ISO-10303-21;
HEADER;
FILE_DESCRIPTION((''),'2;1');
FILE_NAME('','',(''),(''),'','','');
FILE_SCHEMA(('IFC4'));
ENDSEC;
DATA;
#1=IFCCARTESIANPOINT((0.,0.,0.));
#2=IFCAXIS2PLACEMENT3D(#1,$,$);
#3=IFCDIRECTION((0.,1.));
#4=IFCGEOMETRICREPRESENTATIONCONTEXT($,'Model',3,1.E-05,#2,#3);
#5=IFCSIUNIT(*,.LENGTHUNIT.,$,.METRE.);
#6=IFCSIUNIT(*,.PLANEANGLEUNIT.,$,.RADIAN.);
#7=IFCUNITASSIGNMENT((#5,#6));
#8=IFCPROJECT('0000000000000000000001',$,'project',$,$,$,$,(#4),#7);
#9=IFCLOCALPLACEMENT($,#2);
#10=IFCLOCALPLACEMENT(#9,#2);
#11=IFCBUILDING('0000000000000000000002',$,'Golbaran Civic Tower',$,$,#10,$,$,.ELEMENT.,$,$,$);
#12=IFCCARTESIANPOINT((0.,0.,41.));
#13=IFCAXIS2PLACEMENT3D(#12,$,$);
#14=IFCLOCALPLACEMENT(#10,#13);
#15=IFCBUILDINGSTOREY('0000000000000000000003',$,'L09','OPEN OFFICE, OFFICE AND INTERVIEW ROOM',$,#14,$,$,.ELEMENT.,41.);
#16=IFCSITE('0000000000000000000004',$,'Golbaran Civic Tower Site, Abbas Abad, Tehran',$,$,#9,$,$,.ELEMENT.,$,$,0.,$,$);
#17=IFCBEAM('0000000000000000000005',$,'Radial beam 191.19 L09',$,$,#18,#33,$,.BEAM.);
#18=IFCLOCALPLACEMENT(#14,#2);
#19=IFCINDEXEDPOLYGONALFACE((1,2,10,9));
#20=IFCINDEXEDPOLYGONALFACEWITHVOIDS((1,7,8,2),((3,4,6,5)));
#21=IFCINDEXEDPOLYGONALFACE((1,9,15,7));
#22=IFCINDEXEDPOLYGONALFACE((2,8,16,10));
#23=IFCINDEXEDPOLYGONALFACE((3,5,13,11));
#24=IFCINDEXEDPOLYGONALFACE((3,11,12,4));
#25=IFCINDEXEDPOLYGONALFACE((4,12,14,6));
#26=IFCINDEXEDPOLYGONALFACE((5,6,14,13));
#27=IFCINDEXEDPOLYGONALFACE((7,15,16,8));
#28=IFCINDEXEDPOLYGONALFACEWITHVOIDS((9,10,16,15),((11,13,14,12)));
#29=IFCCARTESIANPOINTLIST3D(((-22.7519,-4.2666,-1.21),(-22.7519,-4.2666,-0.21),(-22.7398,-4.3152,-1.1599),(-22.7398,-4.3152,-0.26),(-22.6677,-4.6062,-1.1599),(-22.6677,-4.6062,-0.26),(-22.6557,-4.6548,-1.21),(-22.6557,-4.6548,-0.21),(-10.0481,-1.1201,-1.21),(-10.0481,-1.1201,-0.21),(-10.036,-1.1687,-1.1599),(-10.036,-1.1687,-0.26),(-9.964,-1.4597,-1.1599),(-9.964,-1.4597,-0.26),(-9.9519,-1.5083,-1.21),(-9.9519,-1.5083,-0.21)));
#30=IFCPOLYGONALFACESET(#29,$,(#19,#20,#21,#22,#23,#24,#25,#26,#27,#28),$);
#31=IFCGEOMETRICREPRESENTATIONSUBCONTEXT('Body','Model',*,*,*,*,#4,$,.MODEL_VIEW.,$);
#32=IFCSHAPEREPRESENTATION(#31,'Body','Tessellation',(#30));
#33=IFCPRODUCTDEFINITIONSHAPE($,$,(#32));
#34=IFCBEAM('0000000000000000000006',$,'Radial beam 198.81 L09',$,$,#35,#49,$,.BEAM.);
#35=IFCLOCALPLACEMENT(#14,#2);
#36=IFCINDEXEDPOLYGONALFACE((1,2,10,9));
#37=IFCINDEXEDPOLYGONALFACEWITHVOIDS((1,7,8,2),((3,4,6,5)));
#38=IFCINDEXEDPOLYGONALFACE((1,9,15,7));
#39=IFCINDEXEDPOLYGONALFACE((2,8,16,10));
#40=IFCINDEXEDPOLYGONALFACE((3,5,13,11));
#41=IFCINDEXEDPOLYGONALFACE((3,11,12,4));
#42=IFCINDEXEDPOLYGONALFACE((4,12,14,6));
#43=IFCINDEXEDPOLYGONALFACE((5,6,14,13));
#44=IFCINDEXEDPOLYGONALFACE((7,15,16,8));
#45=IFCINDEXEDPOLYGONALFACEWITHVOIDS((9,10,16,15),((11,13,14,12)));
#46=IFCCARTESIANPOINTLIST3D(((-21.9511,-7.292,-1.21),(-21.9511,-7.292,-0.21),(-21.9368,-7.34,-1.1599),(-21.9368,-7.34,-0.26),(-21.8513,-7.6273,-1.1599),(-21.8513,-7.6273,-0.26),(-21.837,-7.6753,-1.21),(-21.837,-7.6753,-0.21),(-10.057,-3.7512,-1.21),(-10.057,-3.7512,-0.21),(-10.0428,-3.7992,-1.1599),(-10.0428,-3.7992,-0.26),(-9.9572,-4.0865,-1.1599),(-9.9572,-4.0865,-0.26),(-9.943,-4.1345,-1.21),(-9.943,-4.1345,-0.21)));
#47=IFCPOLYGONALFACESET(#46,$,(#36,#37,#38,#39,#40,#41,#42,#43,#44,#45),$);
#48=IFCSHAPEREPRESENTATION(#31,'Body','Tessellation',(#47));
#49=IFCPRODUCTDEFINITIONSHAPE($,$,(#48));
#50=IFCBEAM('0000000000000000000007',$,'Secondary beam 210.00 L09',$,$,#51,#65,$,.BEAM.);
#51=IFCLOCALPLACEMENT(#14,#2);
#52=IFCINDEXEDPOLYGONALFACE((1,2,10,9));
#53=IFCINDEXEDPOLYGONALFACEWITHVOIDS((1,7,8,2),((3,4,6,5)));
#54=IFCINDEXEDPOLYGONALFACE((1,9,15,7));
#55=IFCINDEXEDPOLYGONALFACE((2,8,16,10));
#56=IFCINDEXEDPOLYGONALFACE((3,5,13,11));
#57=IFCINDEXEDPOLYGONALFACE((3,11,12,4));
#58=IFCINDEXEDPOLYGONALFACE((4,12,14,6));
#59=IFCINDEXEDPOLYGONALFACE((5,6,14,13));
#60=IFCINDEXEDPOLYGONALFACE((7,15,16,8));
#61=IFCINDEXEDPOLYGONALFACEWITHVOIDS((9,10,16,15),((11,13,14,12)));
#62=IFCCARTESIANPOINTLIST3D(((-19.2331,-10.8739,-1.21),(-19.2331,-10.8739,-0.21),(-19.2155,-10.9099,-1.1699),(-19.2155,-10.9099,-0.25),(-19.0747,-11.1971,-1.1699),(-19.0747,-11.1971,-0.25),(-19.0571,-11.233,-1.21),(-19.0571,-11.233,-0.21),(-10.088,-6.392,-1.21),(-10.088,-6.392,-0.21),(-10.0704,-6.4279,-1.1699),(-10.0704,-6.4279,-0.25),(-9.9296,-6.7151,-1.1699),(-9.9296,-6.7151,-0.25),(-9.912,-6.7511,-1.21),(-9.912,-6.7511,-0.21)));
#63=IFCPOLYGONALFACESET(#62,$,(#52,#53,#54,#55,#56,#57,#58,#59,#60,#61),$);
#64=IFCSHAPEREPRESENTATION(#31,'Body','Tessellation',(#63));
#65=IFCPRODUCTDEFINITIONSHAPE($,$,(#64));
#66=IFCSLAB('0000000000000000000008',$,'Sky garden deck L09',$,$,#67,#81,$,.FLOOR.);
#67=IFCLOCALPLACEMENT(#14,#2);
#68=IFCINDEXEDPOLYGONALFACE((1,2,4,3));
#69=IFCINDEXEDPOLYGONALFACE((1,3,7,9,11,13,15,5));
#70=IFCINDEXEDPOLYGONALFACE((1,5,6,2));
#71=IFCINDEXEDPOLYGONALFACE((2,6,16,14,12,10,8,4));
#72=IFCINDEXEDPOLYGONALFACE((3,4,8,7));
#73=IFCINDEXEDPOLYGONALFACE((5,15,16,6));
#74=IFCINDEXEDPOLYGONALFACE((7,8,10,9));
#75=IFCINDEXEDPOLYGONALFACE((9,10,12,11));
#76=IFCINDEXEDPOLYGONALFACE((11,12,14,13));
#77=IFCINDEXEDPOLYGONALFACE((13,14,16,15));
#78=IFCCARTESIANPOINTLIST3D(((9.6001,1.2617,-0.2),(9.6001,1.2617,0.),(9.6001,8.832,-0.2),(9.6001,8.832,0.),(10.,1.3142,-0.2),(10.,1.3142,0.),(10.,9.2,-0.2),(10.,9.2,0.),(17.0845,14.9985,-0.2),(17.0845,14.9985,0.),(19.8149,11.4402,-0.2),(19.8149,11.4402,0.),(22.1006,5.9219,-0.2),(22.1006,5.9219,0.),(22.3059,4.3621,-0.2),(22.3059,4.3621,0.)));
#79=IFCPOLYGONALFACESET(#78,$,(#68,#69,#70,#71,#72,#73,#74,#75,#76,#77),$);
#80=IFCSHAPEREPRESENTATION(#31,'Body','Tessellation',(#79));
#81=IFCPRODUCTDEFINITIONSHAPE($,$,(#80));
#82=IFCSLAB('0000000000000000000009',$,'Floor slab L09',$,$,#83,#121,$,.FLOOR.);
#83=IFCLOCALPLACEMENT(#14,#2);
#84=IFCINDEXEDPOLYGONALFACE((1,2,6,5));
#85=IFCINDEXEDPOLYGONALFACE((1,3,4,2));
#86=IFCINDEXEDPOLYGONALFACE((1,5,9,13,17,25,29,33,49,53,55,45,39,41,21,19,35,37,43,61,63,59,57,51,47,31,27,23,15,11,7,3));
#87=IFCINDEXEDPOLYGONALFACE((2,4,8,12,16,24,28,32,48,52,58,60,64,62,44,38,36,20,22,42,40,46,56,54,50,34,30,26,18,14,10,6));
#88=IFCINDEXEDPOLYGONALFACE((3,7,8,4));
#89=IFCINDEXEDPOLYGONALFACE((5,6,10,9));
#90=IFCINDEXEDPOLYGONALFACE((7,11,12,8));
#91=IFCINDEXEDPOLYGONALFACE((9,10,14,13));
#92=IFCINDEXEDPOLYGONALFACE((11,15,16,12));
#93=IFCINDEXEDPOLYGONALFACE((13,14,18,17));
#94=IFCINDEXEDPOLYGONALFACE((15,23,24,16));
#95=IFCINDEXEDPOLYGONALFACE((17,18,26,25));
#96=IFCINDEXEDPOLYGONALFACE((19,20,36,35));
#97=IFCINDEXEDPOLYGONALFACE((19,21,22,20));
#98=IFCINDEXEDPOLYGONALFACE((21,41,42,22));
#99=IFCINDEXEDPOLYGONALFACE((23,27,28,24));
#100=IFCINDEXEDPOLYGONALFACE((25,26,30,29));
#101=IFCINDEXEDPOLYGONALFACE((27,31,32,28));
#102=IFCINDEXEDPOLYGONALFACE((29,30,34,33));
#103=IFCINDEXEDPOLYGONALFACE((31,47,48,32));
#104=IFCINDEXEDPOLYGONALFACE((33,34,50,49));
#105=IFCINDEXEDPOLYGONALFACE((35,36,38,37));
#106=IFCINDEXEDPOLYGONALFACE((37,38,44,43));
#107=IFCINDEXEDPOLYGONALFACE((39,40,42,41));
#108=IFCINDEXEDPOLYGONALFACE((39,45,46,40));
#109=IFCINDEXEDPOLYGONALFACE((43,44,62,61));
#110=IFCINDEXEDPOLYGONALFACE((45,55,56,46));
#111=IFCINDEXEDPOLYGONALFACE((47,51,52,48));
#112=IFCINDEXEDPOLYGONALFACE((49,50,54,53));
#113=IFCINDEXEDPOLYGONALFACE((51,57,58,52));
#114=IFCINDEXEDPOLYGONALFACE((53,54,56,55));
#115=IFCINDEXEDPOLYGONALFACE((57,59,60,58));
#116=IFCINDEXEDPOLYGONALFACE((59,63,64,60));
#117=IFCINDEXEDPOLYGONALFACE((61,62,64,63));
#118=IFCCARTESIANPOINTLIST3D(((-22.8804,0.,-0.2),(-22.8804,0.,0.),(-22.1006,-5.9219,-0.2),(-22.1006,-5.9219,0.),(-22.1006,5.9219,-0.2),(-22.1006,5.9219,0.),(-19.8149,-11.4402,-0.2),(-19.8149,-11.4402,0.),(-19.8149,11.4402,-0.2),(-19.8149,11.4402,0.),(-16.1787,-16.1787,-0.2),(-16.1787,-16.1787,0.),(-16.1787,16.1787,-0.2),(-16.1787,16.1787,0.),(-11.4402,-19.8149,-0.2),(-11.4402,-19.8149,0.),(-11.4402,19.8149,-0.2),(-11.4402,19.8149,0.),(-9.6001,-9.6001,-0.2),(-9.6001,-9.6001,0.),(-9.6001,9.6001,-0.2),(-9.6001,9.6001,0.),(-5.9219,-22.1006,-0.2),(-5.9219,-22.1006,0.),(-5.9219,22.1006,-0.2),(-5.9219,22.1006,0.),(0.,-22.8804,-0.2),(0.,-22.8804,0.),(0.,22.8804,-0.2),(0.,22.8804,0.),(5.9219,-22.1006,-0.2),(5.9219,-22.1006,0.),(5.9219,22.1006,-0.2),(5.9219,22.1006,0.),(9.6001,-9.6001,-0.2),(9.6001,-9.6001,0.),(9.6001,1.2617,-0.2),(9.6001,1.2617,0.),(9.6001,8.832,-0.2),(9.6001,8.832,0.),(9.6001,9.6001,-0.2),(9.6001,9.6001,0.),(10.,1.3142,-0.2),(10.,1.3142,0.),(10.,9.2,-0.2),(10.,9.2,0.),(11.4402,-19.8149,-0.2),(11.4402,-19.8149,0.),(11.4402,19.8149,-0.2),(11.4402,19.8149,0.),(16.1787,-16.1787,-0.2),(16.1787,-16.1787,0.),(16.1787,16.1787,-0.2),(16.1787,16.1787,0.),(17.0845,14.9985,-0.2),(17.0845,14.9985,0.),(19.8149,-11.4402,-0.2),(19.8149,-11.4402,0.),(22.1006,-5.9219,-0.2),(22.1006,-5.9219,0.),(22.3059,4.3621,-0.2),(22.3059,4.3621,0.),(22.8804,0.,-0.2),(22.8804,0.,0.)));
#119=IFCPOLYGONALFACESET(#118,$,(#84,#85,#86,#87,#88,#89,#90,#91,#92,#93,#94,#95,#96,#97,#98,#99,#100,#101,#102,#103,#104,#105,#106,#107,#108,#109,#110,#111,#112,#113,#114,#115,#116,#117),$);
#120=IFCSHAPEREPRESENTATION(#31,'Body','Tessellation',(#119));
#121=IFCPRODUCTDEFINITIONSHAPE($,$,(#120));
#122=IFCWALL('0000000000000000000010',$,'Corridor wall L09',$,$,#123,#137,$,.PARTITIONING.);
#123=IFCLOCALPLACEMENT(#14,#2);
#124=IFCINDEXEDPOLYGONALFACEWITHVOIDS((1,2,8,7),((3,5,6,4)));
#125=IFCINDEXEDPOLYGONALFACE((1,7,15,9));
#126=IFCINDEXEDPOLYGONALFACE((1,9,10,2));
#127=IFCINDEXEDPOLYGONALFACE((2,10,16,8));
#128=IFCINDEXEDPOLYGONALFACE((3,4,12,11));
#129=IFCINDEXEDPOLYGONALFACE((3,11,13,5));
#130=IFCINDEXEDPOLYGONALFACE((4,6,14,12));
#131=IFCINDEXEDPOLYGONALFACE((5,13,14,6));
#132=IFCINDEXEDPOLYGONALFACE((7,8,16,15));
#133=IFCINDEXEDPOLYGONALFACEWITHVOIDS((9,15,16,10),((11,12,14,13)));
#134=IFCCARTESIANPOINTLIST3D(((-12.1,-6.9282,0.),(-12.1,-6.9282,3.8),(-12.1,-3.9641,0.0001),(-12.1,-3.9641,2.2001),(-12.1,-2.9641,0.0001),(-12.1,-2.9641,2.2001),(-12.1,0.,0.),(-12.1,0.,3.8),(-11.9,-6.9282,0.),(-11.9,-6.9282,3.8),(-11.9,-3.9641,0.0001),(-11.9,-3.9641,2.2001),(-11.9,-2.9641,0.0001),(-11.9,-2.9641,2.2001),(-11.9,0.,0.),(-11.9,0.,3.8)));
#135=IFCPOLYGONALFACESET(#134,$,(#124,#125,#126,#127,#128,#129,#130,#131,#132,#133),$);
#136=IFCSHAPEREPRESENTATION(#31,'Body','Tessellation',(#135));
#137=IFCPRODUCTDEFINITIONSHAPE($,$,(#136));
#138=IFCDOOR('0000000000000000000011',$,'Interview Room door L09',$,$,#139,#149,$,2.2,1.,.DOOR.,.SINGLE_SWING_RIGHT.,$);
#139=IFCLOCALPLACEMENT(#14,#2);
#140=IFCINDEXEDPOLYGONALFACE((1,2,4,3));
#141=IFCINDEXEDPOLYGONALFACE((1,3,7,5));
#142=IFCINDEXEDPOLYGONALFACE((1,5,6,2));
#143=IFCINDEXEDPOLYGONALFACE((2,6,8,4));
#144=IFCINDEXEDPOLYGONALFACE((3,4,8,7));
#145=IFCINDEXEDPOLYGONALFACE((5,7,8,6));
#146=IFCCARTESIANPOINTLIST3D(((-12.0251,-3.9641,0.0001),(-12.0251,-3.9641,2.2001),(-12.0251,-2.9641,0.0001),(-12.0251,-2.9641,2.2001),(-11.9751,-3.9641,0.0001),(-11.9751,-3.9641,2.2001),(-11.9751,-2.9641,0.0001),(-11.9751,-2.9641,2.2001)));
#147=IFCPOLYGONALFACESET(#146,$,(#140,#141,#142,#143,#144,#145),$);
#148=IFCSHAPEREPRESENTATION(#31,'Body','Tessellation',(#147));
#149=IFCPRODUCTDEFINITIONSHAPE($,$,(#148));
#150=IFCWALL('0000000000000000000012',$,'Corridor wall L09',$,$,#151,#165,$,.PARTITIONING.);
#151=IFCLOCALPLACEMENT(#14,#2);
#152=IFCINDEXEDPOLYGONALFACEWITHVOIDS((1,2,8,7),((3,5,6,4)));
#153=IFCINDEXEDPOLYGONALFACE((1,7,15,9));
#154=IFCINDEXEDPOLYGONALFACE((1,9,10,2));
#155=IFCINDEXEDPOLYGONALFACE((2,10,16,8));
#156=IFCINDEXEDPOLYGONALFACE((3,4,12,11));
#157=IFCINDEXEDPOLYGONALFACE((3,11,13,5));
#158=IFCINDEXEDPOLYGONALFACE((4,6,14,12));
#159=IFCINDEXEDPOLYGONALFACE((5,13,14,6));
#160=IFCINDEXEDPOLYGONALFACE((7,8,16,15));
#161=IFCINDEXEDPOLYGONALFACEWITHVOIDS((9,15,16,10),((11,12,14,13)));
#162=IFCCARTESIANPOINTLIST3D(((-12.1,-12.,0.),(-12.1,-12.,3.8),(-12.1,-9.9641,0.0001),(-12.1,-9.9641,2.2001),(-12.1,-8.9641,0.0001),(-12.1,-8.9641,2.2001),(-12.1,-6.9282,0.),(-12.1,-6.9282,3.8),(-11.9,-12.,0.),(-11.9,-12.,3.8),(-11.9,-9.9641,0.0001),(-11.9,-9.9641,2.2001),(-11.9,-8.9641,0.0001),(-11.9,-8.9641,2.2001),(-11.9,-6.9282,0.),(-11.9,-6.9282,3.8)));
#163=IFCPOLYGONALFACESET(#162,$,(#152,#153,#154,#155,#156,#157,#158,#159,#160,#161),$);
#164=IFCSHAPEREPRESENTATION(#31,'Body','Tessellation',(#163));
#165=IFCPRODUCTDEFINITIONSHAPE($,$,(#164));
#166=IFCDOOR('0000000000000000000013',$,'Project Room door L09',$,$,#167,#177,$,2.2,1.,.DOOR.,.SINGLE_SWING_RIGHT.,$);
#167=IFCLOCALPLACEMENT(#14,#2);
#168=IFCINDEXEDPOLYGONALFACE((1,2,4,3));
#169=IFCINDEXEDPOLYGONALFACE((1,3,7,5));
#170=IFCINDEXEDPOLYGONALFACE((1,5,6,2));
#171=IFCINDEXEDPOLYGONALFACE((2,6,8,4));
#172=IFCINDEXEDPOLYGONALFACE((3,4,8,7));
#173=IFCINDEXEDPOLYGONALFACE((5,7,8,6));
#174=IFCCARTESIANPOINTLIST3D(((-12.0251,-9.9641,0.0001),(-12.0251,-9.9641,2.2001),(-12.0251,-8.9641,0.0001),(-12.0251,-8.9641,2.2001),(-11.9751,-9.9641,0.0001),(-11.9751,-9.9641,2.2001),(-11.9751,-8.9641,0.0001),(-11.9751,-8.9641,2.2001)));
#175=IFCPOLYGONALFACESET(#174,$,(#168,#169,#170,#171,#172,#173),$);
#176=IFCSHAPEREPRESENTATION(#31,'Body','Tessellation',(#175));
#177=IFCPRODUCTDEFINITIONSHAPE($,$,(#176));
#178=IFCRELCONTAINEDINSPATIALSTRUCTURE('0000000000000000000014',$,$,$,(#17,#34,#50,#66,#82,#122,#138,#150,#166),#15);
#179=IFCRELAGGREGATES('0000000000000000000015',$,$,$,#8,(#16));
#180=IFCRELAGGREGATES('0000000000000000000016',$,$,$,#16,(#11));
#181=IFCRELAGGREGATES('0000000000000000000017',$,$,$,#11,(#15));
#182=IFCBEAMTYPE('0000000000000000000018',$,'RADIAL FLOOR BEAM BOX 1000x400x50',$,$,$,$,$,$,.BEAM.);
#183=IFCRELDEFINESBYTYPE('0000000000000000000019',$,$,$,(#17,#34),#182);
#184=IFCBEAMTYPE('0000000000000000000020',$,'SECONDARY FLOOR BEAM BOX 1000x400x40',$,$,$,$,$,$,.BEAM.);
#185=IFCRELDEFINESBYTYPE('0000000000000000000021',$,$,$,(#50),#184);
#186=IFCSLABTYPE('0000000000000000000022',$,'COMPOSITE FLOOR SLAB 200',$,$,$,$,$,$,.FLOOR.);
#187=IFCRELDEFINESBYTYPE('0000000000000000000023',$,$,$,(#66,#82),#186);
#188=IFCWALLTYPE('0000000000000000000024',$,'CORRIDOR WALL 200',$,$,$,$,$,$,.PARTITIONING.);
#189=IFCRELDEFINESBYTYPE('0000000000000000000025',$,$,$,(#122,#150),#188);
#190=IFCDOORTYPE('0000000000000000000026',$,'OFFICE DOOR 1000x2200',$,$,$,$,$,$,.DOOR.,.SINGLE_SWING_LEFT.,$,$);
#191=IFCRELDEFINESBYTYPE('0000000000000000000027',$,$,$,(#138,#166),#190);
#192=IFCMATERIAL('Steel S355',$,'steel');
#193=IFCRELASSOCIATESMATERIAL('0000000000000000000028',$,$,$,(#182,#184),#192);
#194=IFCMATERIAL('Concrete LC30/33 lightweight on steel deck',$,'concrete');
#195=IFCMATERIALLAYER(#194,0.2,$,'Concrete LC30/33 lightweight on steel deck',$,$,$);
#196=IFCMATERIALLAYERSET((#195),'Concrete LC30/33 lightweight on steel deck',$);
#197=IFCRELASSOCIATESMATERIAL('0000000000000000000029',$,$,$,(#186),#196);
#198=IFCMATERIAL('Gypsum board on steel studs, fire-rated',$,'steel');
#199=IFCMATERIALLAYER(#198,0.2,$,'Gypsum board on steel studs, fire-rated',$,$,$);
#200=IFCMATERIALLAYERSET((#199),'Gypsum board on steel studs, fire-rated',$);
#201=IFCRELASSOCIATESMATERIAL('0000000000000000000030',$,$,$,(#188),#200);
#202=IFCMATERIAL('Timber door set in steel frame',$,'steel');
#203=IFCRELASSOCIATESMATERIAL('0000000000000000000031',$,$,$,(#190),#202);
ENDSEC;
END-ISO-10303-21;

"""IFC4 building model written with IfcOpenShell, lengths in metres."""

from ifc_helpers import new_model, si_unit, direction, frame, frame_2d, origin, origin_2d, place, context, subcontext, project, spatial, polyline, rectangle, hollow_rectangle, outline, extrude, material, layer, layer_set, material_profile, profile_set, type_object, element, fill, save


model = new_model("IFC4")

# Units and contexts
model_context = context("Model", 3, precision=1e-05, world=origin(), true_north=direction((0.0, 1.0)))
body_context = subcontext(model_context, "Body", "Model", "MODEL_VIEW")
ifc_project = project(units=[si_unit("LENGTHUNIT", "METRE"), si_unit("PLANEANGLEUNIT", "RADIAN")], contexts=[model_context])

# Site, building, storey
site_placement = place(None, origin())
site = spatial("IfcSite", under=ifc_project, at=site_placement, Name="Golbaran Civic Tower Site, Abbas Abad, Tehran", CompositionType="ELEMENT", RefElevation=0.0)
building_placement = place(site_placement, origin())
building = spatial("IfcBuilding", under=site, at=building_placement, Name="Golbaran Civic Tower", CompositionType="ELEMENT")
storey_placement = place(building_placement, frame((0.0, 0.0, 41.0)))
storey = spatial("IfcBuildingStorey", under=building, at=storey_placement, Name="L09", Description="OPEN OFFICE, OFFICE AND INTERVIEW ROOM", CompositionType="ELEMENT", Elevation=41.0)

# Beams
ifc_material_1 = material(Name="Steel S355", Category="steel")
ifc_material_profile_1 = material_profile(ifc_material_1, hollow_rectangle(XDim=0.3999, YDim=1.0, WallThickness=0.05, at=origin_2d()), Name="BOX 1000x400x50")
ifc_profile_set_1 = profile_set([ifc_material_profile_1], Name="Steel S355")
beam_type_1 = type_object("IfcBeamType", Name="RADIAL FLOOR BEAM BOX 1000x400x50", PredefinedType="BEAM", material=ifc_profile_set_1)
beam_1_placement = place(storey_placement, frame((-10.0, -1.3142, -0.71), z_axis=(-0.97067, -0.240415, 0.0), x_axis=(0.240415, -0.97067, 0.0)))
element("IfcBeam", 1, at=beam_1_placement, inside=storey, type_object=beam_type_1, Name="Radial beam 191.19 L09", PredefinedType="BEAM", context=body_context, shape_type="SweptSolid", body=[
    extrude(hollow_rectangle(XDim=0.3999, YDim=1.0, WallThickness=0.05, at=origin_2d()), origin(), (0.0, 0.0, 1.0), 13.0876),
])
beam_2_placement = place(storey_placement, frame((-10.0, -3.9429, -0.71), z_axis=(-0.958433, -0.285319, 0.0), x_axis=(0.285319, -0.958433, 0.0)))
element("IfcBeam", 2, at=beam_2_placement, inside=storey, type_object=beam_type_1, Name="Radial beam 198.81 L09", PredefinedType="BEAM", context=body_context, shape_type="SweptSolid", body=[
    extrude(hollow_rectangle(XDim=0.3999, YDim=1.0, WallThickness=0.05, at=origin_2d()), origin(), (0.0, 0.0, 1.0), 12.4099),
])
ifc_material_profile_2 = material_profile(ifc_material_1, hollow_rectangle(XDim=0.3999, YDim=1.0, WallThickness=0.04, at=origin_2d()), Name="BOX 1000x400x40")
ifc_profile_set_2 = profile_set([ifc_material_profile_2], Name="Steel S355")
beam_type_2 = type_object("IfcBeamType", Name="SECONDARY FLOOR BEAM BOX 1000x400x40", PredefinedType="BEAM", material=ifc_profile_set_2)
beam_3_placement = place(storey_placement, frame((-10.0, -6.5715, -0.71), z_axis=(-0.897956, -0.440084, 0.0), x_axis=(0.440084, -0.897956, 0.0)))
element("IfcBeam", 3, at=beam_3_placement, inside=storey, type_object=beam_type_2, Name="Secondary beam 210.00 L09", PredefinedType="BEAM", context=body_context, shape_type="SweptSolid", body=[
    extrude(hollow_rectangle(XDim=0.3999, YDim=1.0, WallThickness=0.04, at=origin_2d()), origin(), (0.0, 0.0, 1.0), 10.1843),
])

# Slabs
ifc_material_2 = material(Name="Concrete LC30/33 lightweight on steel deck", Category="concrete")
ifc_layer_1 = layer(ifc_material_2, 0.2, Name="Concrete LC30/33 lightweight on steel deck")
ifc_layer_set_1 = layer_set([ifc_layer_1], Name="Concrete LC30/33 lightweight on steel deck")
slab_type = type_object("IfcSlabType", Name="COMPOSITE FLOOR SLAB 200", PredefinedType="FLOOR", material=ifc_layer_set_1)
slab_1_placement = place(storey_placement, frame((0.0, 0.0, -0.2)))
element("IfcSlab", 4, at=slab_1_placement, inside=storey, type_object=slab_type, Name="Sky garden deck L09", PredefinedType="FLOOR", context=body_context, shape_type="SweptSolid", body=[
    extrude(outline(polyline([(22.1006, 5.9219), (22.3059, 4.3621), (10.0, 1.3142), (9.6001, 1.2617), (9.6001, 8.832), (10.0, 9.2), (17.0845, 14.9985), (19.8149, 11.4402), (22.1006, 5.9219)])), origin(), (0.0, 0.0, 1.0), 0.2),
])
slab_2_placement = place(storey_placement, frame((0.0, 0.0, -0.2)))
element("IfcSlab", 5, at=slab_2_placement, inside=storey, type_object=slab_type, Name="Floor slab L09", PredefinedType="FLOOR", context=body_context, shape_type="SweptSolid", body=[
    extrude(outline(polyline([(16.1787, -16.1787), (11.4402, -19.8149), (5.9219, -22.1006), (0.0, -22.8804), (-5.9219, -22.1006), (-11.4402, -19.8149), (-16.1787, -16.1787), (-19.8149, -11.4402), (-22.1006, -5.9219), (-22.8804, 0.0), (-22.1006, 5.9219), (-19.8149, 11.4402), (-16.1787, 16.1787), (-11.4402, 19.8149), (-5.9219, 22.1006), (0.0, 22.8804), (5.9219, 22.1006), (11.4402, 19.8149), (16.1787, 16.1787), (17.0845, 14.9985), (10.0, 9.2), (9.6001, 8.832), (9.6001, 9.6001), (-9.6001, 9.6001), (-9.6001, -9.6001), (9.6001, -9.6001), (9.6001, 1.2617), (10.0, 1.3142), (22.3059, 4.3621), (22.8804, 0.0), (22.1006, -5.9219), (19.8149, -11.4402), (16.1787, -16.1787)])), origin(), (0.0, 0.0, 1.0), 0.2),
])

# Walls, openings, doors
ifc_material_3 = material(Name="Gypsum board on steel studs, fire-rated", Category="steel")
ifc_layer_2 = layer(ifc_material_3, 0.2, Name="Gypsum board on steel studs, fire-rated")
ifc_layer_set_2 = layer_set([ifc_layer_2], Name="Gypsum board on steel studs, fire-rated")
wall_type_1 = type_object("IfcWallType", Name="CORRIDOR WALL 200", PredefinedType="PARTITIONING", material=ifc_layer_set_2)
wall_1_placement = place(storey_placement, frame((-12.0, 0.0, 0.0), z_axis=(0.0, 0.0, 1.0), x_axis=(0.0, -1.0, 0.0)))
wall_1 = element("IfcWall", 6, at=wall_1_placement, inside=storey, type_object=wall_type_1, Name="Corridor wall L09", PredefinedType="PARTITIONING", context=body_context, shape_type="SweptSolid", body=[
    extrude(rectangle(XDim=6.9282, YDim=0.2, at=frame_2d((3.4641, 0.0))), origin(), (0.0, 0.0, 1.0), 3.8),
])
opening_1_placement = place(wall_1_placement, frame((2.9641, 0.0, 0.0)))
opening_1 = element("IfcOpeningElement", 7, at=opening_1_placement, cuts=wall_1, PredefinedType="OPENING", context=body_context, shape_type="SweptSolid", body=[
    extrude(rectangle(XDim=1.0, YDim=2.2, at=frame_2d((0.5, 1.1001))), frame((0.0, 0.1099, 0.0), z_axis=(0.0, -1.0, 0.0), x_axis=(1.0, 0.0, 0.0)), (0.0, 0.0, 1.0), 0.22),
])
ifc_material_4 = material(Name="Timber door set in steel frame", Category="steel")
door_type_1 = type_object("IfcDoorType", Name="OFFICE DOOR 1000x2200", OperationType="SINGLE_SWING_LEFT", PredefinedType="DOOR", material=ifc_material_4)
door_1_placement = place(opening_1_placement, origin())
door_1 = element("IfcDoor", 8, at=door_1_placement, inside=storey, type_object=door_type_1, Name="Interview Room door L09", OperationType="SINGLE_SWING_RIGHT", OverallHeight=2.2, OverallWidth=1.0, PredefinedType="DOOR", context=body_context, shape_type="SweptSolid", body=[
    extrude(rectangle(XDim=1.0, YDim=2.2, at=frame_2d((0.5, 1.1001))), frame((0.0, 0.0249, 0.0), z_axis=(0.0, -1.0, 0.0), x_axis=(1.0, 0.0, 0.0)), (0.0, 0.0, 1.0), 0.05),
])
fill(opening_1, door_1)
wall_2_placement = place(storey_placement, frame((-12.0, -6.9282, 0.0), z_axis=(0.0, 0.0, 1.0), x_axis=(0.0, -1.0, 0.0)))
wall_2 = element("IfcWall", 9, at=wall_2_placement, inside=storey, type_object=wall_type_1, Name="Corridor wall L09", PredefinedType="PARTITIONING", context=body_context, shape_type="SweptSolid", body=[
    extrude(rectangle(XDim=5.0718, YDim=0.2, at=frame_2d((2.5359, 0.0))), origin(), (0.0, 0.0, 1.0), 3.8),
])
opening_2_placement = place(wall_2_placement, frame((2.0359, 0.0, 0.0)))
opening_2 = element("IfcOpeningElement", 10, at=opening_2_placement, cuts=wall_2, PredefinedType="OPENING", context=body_context, shape_type="SweptSolid", body=[
    extrude(rectangle(XDim=1.0, YDim=2.2, at=frame_2d((0.5, 1.1001))), frame((0.0, 0.1099, 0.0), z_axis=(0.0, -1.0, 0.0), x_axis=(1.0, 0.0, 0.0)), (0.0, 0.0, 1.0), 0.22),
])
door_2_placement = place(opening_2_placement, origin())
door_2 = element("IfcDoor", 11, at=door_2_placement, inside=storey, type_object=door_type_1, Name="Project Room door L09", OperationType="SINGLE_SWING_RIGHT", OverallHeight=2.2, OverallWidth=1.0, PredefinedType="DOOR", context=body_context, shape_type="SweptSolid", body=[
    extrude(rectangle(XDim=1.0, YDim=2.2, at=frame_2d((0.5, 1.1001))), frame((0.0, 0.0249, 0.0), z_axis=(0.0, -1.0, 0.0), x_axis=(1.0, 0.0, 0.0)), (0.0, 0.0, 1.0), 0.05),
])
fill(opening_2, door_2)

save(model, "model.ifc")
